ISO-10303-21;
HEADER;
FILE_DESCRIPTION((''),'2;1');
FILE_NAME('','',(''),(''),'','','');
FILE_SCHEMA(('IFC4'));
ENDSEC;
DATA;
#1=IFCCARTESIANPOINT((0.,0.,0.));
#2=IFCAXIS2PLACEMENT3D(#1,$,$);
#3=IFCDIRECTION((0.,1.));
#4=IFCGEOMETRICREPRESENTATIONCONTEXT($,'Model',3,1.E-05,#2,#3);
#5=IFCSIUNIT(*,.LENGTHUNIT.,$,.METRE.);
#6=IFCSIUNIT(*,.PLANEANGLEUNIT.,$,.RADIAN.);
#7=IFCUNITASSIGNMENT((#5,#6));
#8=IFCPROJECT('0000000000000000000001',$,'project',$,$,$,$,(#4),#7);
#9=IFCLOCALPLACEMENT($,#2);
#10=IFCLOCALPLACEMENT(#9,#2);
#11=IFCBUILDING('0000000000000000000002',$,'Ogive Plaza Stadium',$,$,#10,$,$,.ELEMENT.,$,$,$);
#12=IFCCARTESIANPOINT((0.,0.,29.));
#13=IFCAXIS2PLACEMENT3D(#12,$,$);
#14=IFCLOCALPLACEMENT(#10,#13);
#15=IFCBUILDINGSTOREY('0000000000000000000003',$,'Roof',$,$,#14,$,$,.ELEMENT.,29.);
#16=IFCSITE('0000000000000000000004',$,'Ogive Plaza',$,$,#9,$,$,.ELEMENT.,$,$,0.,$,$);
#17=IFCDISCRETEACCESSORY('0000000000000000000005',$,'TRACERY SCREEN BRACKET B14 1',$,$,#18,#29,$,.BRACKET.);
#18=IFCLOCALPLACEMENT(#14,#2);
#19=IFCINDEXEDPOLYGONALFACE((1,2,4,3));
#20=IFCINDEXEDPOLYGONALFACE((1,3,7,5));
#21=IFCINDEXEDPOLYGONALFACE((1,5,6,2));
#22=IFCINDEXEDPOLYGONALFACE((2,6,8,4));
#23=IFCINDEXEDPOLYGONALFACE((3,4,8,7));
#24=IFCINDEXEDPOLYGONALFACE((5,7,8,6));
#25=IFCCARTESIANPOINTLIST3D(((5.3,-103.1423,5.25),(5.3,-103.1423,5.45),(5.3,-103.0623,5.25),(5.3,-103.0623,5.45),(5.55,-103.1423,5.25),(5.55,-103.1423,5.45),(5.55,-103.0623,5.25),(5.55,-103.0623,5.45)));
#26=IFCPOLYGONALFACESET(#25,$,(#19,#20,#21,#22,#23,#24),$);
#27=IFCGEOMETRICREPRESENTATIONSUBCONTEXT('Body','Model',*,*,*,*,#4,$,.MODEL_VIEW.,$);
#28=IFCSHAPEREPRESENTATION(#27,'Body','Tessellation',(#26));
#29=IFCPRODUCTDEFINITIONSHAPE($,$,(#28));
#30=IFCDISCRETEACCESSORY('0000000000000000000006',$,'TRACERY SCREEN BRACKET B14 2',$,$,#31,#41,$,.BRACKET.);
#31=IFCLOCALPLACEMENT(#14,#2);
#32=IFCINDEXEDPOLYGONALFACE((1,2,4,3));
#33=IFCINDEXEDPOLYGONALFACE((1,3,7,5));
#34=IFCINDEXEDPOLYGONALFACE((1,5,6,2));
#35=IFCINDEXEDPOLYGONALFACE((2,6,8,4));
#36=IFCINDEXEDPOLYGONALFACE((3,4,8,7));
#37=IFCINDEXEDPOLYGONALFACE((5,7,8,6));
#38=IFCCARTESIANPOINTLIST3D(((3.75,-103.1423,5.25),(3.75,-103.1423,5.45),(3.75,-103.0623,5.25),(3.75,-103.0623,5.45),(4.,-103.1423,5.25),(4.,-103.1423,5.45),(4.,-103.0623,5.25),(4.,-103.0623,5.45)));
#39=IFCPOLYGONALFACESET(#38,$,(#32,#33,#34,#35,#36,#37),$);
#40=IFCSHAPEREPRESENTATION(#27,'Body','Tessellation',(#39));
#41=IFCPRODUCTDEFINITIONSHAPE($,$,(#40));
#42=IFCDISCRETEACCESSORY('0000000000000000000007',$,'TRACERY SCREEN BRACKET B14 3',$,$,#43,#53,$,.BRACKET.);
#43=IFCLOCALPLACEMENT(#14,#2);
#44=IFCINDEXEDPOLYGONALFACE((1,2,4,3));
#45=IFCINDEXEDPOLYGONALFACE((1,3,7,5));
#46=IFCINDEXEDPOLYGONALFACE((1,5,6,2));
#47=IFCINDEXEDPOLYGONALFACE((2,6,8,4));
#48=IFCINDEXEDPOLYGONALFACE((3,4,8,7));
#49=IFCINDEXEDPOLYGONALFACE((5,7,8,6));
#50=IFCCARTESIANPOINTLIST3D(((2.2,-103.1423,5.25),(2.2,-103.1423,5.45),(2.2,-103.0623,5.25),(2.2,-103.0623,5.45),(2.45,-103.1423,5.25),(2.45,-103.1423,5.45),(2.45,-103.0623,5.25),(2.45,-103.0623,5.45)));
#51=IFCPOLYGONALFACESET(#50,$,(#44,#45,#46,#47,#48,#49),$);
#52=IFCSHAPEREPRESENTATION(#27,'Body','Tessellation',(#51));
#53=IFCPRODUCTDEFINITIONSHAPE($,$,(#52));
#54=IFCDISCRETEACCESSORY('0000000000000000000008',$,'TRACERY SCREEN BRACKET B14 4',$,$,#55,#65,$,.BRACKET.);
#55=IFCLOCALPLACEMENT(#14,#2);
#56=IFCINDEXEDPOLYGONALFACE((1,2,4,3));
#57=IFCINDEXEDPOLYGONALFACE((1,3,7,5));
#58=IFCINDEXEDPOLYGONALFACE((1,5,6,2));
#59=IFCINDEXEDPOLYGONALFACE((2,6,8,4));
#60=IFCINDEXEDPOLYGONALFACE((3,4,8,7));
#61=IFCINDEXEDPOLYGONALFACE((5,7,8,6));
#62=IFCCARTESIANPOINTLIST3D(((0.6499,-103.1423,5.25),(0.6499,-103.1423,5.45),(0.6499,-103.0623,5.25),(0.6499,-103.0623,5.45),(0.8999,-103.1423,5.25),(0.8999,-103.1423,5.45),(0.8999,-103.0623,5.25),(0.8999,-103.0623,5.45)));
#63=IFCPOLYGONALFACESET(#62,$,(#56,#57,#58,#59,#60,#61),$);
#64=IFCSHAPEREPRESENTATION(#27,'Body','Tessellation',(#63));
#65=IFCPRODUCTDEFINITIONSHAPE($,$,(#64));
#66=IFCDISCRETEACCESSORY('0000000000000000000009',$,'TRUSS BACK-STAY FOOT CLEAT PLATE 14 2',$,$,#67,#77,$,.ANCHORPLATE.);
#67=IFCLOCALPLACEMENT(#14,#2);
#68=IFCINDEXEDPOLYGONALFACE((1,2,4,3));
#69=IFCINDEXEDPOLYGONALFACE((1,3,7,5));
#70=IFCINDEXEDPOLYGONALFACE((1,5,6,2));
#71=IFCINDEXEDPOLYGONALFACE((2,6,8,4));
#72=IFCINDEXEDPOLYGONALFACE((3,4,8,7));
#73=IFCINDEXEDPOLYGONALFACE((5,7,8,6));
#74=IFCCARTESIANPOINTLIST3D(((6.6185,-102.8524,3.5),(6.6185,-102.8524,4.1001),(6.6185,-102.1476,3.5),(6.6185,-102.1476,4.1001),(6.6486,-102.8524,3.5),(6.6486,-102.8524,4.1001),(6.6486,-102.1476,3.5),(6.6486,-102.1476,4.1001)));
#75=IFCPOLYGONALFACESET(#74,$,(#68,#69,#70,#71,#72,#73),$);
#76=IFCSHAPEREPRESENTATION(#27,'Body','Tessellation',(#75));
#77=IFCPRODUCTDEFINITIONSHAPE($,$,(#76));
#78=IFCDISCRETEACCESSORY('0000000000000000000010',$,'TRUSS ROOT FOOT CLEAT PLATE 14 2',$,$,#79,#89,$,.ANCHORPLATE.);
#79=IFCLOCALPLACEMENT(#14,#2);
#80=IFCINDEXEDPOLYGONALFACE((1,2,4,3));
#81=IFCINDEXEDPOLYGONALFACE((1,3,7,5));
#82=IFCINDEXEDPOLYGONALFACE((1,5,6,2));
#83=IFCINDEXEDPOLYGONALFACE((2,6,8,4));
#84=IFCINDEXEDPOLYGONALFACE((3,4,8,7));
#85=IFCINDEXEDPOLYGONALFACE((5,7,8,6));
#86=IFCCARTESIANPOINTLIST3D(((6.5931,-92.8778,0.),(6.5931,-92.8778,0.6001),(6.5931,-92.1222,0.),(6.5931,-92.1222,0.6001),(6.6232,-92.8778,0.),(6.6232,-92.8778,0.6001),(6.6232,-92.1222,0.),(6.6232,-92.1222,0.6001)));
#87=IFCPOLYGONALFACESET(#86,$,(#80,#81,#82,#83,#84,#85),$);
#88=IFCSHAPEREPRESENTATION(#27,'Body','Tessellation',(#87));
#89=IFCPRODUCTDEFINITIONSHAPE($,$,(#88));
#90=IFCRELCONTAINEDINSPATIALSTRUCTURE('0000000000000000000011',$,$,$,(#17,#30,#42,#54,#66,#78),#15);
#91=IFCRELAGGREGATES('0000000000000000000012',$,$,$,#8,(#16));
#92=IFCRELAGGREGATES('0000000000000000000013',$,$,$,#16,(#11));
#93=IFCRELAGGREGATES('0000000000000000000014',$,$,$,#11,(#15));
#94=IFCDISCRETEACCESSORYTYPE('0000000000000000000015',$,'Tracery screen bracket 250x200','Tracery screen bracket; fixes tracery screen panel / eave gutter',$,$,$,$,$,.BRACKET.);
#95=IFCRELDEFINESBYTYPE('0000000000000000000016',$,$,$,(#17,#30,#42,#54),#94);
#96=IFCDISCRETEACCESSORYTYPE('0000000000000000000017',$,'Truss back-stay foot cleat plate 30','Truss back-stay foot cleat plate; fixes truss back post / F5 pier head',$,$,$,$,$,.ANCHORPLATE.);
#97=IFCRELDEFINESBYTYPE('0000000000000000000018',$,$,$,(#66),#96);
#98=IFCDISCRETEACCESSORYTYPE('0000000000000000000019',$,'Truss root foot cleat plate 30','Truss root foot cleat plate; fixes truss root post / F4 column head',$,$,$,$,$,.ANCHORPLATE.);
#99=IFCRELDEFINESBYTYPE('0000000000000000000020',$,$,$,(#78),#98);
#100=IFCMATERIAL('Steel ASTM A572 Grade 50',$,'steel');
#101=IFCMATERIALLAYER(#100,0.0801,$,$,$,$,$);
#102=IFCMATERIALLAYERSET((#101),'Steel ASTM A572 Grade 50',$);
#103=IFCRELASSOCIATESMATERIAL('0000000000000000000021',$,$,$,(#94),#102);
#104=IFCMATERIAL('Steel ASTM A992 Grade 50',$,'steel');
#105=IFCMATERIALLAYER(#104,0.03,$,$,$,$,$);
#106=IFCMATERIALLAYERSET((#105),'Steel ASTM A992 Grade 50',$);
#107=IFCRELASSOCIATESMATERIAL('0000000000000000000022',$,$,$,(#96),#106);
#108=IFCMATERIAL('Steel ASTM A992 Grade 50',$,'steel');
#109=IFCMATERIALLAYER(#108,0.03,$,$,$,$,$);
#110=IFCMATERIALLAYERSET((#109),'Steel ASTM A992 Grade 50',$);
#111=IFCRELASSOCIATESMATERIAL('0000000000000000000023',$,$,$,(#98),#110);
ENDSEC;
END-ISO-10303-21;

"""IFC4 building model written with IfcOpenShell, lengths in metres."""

from ifc_helpers import new_model, si_unit, direction, frame, origin, origin_2d, place, context, subcontext, project, spatial, rectangle, extrude, material, layer, layer_set, type_object, element, save


model = new_model("IFC4")

# Units and contexts
model_context = context("Model", 3, precision=1e-05, world=origin(), true_north=direction((0.0, 1.0)))
body_context = subcontext(model_context, "Body", "Model", "MODEL_VIEW")
ifc_project = project(units=[si_unit("LENGTHUNIT", "METRE"), si_unit("PLANEANGLEUNIT", "RADIAN")], contexts=[model_context])

# Site, building, storey
site_placement = place(None, origin())
site = spatial("IfcSite", under=ifc_project, at=site_placement, Name="Ogive Plaza", CompositionType="ELEMENT", RefElevation=0.0)
building_placement = place(site_placement, origin())
building = spatial("IfcBuilding", under=site, at=building_placement, Name="Ogive Plaza Stadium", CompositionType="ELEMENT")
storey_placement = place(building_placement, frame((0.0, 0.0, 29.0)))
storey = spatial("IfcBuildingStorey", under=building, at=storey_placement, Name="Roof", CompositionType="ELEMENT", Elevation=29.0)

# Discrete accessories
ifc_material_1 = material(Name="Steel ASTM A572 Grade 50", Category="steel")
ifc_layer_1 = layer(ifc_material_1, 0.0801)
ifc_layer_set_1 = layer_set([ifc_layer_1], Name="Steel ASTM A572 Grade 50")
discrete_accessory_type_1 = type_object("IfcDiscreteAccessoryType", Name="Tracery screen bracket 250x200", Description="Tracery screen bracket; fixes tracery screen panel / eave gutter", PredefinedType="BRACKET", material=ifc_layer_set_1)
for number, where, z_axis, x_axis, name in (
    (1, (5.425, -103.1023, 5.25), (0.0, 0.0, 1.0), (-1.0, 0.0, 0.0), "TRACERY SCREEN BRACKET B14 1"),
    (2, (3.875, -103.1023, 5.25), (0.0, 0.0, 1.0), (-1.0, 0.0, 0.0), "TRACERY SCREEN BRACKET B14 2"),
    (3, (2.325, -103.1023, 5.25), (0.0, 0.0, 1.0), (-1.0, 0.0, 0.0), "TRACERY SCREEN BRACKET B14 3"),
    (4, (0.7749, -103.1023, 5.25), (0.0, 0.0, 1.0), (-1.0, 0.0, 0.0), "TRACERY SCREEN BRACKET B14 4"),
):
    element("IfcDiscreteAccessory", number, at=place(storey_placement, frame(where, z_axis=z_axis, x_axis=x_axis)), inside=storey, type_object=discrete_accessory_type_1, Name=name, PredefinedType="BRACKET", context=body_context, shape_type="SweptSolid", body=[
        extrude(rectangle(XDim=0.25, YDim=0.0801, at=origin_2d()), origin(), (0.0, 0.0, 1.0), 0.2),
    ])
ifc_material_2 = material(Name="Steel ASTM A992 Grade 50", Category="steel")
ifc_layer_2 = layer(ifc_material_2, 0.03)
ifc_layer_set_2 = layer_set([ifc_layer_2], Name="Steel ASTM A992 Grade 50")
discrete_accessory_type_2 = type_object("IfcDiscreteAccessoryType", Name="Truss back-stay foot cleat plate 30", Description="Truss back-stay foot cleat plate; fixes truss back post / F5 pier head", PredefinedType="ANCHORPLATE", material=ifc_layer_set_2)
discrete_accessory_1_placement = place(storey_placement, frame((6.6335, -102.5, 3.5), z_axis=(0.0, 0.0, 1.0), x_axis=(0.0, -1.0, 0.0)))
element("IfcDiscreteAccessory", 5, at=discrete_accessory_1_placement, inside=storey, type_object=discrete_accessory_type_2, Name="TRUSS BACK-STAY FOOT CLEAT PLATE 14 2", PredefinedType="ANCHORPLATE", context=body_context, shape_type="SweptSolid", body=[
    extrude(rectangle(XDim=0.7048, YDim=0.03, at=origin_2d()), origin(), (0.0, 0.0, 1.0), 0.6001),
])
ifc_material_3 = material(Name="Steel ASTM A992 Grade 50", Category="steel")
ifc_layer_3 = layer(ifc_material_3, 0.03)
ifc_layer_set_3 = layer_set([ifc_layer_3], Name="Steel ASTM A992 Grade 50")
discrete_accessory_type_3 = type_object("IfcDiscreteAccessoryType", Name="Truss root foot cleat plate 30", Description="Truss root foot cleat plate; fixes truss root post / F4 column head", PredefinedType="ANCHORPLATE", material=ifc_layer_set_3)
discrete_accessory_2_placement = place(storey_placement, frame((6.6082, -92.5, 0.0), z_axis=(0.0, 0.0, 1.0), x_axis=(0.0, -1.0, 0.0)))
element("IfcDiscreteAccessory", 6, at=discrete_accessory_2_placement, inside=storey, type_object=discrete_accessory_type_3, Name="TRUSS ROOT FOOT CLEAT PLATE 14 2", PredefinedType="ANCHORPLATE", context=body_context, shape_type="SweptSolid", body=[
    extrude(rectangle(XDim=0.7556, YDim=0.03, at=origin_2d()), origin(), (0.0, 0.0, 1.0), 0.6001),
])

save(model, "model.ifc")
